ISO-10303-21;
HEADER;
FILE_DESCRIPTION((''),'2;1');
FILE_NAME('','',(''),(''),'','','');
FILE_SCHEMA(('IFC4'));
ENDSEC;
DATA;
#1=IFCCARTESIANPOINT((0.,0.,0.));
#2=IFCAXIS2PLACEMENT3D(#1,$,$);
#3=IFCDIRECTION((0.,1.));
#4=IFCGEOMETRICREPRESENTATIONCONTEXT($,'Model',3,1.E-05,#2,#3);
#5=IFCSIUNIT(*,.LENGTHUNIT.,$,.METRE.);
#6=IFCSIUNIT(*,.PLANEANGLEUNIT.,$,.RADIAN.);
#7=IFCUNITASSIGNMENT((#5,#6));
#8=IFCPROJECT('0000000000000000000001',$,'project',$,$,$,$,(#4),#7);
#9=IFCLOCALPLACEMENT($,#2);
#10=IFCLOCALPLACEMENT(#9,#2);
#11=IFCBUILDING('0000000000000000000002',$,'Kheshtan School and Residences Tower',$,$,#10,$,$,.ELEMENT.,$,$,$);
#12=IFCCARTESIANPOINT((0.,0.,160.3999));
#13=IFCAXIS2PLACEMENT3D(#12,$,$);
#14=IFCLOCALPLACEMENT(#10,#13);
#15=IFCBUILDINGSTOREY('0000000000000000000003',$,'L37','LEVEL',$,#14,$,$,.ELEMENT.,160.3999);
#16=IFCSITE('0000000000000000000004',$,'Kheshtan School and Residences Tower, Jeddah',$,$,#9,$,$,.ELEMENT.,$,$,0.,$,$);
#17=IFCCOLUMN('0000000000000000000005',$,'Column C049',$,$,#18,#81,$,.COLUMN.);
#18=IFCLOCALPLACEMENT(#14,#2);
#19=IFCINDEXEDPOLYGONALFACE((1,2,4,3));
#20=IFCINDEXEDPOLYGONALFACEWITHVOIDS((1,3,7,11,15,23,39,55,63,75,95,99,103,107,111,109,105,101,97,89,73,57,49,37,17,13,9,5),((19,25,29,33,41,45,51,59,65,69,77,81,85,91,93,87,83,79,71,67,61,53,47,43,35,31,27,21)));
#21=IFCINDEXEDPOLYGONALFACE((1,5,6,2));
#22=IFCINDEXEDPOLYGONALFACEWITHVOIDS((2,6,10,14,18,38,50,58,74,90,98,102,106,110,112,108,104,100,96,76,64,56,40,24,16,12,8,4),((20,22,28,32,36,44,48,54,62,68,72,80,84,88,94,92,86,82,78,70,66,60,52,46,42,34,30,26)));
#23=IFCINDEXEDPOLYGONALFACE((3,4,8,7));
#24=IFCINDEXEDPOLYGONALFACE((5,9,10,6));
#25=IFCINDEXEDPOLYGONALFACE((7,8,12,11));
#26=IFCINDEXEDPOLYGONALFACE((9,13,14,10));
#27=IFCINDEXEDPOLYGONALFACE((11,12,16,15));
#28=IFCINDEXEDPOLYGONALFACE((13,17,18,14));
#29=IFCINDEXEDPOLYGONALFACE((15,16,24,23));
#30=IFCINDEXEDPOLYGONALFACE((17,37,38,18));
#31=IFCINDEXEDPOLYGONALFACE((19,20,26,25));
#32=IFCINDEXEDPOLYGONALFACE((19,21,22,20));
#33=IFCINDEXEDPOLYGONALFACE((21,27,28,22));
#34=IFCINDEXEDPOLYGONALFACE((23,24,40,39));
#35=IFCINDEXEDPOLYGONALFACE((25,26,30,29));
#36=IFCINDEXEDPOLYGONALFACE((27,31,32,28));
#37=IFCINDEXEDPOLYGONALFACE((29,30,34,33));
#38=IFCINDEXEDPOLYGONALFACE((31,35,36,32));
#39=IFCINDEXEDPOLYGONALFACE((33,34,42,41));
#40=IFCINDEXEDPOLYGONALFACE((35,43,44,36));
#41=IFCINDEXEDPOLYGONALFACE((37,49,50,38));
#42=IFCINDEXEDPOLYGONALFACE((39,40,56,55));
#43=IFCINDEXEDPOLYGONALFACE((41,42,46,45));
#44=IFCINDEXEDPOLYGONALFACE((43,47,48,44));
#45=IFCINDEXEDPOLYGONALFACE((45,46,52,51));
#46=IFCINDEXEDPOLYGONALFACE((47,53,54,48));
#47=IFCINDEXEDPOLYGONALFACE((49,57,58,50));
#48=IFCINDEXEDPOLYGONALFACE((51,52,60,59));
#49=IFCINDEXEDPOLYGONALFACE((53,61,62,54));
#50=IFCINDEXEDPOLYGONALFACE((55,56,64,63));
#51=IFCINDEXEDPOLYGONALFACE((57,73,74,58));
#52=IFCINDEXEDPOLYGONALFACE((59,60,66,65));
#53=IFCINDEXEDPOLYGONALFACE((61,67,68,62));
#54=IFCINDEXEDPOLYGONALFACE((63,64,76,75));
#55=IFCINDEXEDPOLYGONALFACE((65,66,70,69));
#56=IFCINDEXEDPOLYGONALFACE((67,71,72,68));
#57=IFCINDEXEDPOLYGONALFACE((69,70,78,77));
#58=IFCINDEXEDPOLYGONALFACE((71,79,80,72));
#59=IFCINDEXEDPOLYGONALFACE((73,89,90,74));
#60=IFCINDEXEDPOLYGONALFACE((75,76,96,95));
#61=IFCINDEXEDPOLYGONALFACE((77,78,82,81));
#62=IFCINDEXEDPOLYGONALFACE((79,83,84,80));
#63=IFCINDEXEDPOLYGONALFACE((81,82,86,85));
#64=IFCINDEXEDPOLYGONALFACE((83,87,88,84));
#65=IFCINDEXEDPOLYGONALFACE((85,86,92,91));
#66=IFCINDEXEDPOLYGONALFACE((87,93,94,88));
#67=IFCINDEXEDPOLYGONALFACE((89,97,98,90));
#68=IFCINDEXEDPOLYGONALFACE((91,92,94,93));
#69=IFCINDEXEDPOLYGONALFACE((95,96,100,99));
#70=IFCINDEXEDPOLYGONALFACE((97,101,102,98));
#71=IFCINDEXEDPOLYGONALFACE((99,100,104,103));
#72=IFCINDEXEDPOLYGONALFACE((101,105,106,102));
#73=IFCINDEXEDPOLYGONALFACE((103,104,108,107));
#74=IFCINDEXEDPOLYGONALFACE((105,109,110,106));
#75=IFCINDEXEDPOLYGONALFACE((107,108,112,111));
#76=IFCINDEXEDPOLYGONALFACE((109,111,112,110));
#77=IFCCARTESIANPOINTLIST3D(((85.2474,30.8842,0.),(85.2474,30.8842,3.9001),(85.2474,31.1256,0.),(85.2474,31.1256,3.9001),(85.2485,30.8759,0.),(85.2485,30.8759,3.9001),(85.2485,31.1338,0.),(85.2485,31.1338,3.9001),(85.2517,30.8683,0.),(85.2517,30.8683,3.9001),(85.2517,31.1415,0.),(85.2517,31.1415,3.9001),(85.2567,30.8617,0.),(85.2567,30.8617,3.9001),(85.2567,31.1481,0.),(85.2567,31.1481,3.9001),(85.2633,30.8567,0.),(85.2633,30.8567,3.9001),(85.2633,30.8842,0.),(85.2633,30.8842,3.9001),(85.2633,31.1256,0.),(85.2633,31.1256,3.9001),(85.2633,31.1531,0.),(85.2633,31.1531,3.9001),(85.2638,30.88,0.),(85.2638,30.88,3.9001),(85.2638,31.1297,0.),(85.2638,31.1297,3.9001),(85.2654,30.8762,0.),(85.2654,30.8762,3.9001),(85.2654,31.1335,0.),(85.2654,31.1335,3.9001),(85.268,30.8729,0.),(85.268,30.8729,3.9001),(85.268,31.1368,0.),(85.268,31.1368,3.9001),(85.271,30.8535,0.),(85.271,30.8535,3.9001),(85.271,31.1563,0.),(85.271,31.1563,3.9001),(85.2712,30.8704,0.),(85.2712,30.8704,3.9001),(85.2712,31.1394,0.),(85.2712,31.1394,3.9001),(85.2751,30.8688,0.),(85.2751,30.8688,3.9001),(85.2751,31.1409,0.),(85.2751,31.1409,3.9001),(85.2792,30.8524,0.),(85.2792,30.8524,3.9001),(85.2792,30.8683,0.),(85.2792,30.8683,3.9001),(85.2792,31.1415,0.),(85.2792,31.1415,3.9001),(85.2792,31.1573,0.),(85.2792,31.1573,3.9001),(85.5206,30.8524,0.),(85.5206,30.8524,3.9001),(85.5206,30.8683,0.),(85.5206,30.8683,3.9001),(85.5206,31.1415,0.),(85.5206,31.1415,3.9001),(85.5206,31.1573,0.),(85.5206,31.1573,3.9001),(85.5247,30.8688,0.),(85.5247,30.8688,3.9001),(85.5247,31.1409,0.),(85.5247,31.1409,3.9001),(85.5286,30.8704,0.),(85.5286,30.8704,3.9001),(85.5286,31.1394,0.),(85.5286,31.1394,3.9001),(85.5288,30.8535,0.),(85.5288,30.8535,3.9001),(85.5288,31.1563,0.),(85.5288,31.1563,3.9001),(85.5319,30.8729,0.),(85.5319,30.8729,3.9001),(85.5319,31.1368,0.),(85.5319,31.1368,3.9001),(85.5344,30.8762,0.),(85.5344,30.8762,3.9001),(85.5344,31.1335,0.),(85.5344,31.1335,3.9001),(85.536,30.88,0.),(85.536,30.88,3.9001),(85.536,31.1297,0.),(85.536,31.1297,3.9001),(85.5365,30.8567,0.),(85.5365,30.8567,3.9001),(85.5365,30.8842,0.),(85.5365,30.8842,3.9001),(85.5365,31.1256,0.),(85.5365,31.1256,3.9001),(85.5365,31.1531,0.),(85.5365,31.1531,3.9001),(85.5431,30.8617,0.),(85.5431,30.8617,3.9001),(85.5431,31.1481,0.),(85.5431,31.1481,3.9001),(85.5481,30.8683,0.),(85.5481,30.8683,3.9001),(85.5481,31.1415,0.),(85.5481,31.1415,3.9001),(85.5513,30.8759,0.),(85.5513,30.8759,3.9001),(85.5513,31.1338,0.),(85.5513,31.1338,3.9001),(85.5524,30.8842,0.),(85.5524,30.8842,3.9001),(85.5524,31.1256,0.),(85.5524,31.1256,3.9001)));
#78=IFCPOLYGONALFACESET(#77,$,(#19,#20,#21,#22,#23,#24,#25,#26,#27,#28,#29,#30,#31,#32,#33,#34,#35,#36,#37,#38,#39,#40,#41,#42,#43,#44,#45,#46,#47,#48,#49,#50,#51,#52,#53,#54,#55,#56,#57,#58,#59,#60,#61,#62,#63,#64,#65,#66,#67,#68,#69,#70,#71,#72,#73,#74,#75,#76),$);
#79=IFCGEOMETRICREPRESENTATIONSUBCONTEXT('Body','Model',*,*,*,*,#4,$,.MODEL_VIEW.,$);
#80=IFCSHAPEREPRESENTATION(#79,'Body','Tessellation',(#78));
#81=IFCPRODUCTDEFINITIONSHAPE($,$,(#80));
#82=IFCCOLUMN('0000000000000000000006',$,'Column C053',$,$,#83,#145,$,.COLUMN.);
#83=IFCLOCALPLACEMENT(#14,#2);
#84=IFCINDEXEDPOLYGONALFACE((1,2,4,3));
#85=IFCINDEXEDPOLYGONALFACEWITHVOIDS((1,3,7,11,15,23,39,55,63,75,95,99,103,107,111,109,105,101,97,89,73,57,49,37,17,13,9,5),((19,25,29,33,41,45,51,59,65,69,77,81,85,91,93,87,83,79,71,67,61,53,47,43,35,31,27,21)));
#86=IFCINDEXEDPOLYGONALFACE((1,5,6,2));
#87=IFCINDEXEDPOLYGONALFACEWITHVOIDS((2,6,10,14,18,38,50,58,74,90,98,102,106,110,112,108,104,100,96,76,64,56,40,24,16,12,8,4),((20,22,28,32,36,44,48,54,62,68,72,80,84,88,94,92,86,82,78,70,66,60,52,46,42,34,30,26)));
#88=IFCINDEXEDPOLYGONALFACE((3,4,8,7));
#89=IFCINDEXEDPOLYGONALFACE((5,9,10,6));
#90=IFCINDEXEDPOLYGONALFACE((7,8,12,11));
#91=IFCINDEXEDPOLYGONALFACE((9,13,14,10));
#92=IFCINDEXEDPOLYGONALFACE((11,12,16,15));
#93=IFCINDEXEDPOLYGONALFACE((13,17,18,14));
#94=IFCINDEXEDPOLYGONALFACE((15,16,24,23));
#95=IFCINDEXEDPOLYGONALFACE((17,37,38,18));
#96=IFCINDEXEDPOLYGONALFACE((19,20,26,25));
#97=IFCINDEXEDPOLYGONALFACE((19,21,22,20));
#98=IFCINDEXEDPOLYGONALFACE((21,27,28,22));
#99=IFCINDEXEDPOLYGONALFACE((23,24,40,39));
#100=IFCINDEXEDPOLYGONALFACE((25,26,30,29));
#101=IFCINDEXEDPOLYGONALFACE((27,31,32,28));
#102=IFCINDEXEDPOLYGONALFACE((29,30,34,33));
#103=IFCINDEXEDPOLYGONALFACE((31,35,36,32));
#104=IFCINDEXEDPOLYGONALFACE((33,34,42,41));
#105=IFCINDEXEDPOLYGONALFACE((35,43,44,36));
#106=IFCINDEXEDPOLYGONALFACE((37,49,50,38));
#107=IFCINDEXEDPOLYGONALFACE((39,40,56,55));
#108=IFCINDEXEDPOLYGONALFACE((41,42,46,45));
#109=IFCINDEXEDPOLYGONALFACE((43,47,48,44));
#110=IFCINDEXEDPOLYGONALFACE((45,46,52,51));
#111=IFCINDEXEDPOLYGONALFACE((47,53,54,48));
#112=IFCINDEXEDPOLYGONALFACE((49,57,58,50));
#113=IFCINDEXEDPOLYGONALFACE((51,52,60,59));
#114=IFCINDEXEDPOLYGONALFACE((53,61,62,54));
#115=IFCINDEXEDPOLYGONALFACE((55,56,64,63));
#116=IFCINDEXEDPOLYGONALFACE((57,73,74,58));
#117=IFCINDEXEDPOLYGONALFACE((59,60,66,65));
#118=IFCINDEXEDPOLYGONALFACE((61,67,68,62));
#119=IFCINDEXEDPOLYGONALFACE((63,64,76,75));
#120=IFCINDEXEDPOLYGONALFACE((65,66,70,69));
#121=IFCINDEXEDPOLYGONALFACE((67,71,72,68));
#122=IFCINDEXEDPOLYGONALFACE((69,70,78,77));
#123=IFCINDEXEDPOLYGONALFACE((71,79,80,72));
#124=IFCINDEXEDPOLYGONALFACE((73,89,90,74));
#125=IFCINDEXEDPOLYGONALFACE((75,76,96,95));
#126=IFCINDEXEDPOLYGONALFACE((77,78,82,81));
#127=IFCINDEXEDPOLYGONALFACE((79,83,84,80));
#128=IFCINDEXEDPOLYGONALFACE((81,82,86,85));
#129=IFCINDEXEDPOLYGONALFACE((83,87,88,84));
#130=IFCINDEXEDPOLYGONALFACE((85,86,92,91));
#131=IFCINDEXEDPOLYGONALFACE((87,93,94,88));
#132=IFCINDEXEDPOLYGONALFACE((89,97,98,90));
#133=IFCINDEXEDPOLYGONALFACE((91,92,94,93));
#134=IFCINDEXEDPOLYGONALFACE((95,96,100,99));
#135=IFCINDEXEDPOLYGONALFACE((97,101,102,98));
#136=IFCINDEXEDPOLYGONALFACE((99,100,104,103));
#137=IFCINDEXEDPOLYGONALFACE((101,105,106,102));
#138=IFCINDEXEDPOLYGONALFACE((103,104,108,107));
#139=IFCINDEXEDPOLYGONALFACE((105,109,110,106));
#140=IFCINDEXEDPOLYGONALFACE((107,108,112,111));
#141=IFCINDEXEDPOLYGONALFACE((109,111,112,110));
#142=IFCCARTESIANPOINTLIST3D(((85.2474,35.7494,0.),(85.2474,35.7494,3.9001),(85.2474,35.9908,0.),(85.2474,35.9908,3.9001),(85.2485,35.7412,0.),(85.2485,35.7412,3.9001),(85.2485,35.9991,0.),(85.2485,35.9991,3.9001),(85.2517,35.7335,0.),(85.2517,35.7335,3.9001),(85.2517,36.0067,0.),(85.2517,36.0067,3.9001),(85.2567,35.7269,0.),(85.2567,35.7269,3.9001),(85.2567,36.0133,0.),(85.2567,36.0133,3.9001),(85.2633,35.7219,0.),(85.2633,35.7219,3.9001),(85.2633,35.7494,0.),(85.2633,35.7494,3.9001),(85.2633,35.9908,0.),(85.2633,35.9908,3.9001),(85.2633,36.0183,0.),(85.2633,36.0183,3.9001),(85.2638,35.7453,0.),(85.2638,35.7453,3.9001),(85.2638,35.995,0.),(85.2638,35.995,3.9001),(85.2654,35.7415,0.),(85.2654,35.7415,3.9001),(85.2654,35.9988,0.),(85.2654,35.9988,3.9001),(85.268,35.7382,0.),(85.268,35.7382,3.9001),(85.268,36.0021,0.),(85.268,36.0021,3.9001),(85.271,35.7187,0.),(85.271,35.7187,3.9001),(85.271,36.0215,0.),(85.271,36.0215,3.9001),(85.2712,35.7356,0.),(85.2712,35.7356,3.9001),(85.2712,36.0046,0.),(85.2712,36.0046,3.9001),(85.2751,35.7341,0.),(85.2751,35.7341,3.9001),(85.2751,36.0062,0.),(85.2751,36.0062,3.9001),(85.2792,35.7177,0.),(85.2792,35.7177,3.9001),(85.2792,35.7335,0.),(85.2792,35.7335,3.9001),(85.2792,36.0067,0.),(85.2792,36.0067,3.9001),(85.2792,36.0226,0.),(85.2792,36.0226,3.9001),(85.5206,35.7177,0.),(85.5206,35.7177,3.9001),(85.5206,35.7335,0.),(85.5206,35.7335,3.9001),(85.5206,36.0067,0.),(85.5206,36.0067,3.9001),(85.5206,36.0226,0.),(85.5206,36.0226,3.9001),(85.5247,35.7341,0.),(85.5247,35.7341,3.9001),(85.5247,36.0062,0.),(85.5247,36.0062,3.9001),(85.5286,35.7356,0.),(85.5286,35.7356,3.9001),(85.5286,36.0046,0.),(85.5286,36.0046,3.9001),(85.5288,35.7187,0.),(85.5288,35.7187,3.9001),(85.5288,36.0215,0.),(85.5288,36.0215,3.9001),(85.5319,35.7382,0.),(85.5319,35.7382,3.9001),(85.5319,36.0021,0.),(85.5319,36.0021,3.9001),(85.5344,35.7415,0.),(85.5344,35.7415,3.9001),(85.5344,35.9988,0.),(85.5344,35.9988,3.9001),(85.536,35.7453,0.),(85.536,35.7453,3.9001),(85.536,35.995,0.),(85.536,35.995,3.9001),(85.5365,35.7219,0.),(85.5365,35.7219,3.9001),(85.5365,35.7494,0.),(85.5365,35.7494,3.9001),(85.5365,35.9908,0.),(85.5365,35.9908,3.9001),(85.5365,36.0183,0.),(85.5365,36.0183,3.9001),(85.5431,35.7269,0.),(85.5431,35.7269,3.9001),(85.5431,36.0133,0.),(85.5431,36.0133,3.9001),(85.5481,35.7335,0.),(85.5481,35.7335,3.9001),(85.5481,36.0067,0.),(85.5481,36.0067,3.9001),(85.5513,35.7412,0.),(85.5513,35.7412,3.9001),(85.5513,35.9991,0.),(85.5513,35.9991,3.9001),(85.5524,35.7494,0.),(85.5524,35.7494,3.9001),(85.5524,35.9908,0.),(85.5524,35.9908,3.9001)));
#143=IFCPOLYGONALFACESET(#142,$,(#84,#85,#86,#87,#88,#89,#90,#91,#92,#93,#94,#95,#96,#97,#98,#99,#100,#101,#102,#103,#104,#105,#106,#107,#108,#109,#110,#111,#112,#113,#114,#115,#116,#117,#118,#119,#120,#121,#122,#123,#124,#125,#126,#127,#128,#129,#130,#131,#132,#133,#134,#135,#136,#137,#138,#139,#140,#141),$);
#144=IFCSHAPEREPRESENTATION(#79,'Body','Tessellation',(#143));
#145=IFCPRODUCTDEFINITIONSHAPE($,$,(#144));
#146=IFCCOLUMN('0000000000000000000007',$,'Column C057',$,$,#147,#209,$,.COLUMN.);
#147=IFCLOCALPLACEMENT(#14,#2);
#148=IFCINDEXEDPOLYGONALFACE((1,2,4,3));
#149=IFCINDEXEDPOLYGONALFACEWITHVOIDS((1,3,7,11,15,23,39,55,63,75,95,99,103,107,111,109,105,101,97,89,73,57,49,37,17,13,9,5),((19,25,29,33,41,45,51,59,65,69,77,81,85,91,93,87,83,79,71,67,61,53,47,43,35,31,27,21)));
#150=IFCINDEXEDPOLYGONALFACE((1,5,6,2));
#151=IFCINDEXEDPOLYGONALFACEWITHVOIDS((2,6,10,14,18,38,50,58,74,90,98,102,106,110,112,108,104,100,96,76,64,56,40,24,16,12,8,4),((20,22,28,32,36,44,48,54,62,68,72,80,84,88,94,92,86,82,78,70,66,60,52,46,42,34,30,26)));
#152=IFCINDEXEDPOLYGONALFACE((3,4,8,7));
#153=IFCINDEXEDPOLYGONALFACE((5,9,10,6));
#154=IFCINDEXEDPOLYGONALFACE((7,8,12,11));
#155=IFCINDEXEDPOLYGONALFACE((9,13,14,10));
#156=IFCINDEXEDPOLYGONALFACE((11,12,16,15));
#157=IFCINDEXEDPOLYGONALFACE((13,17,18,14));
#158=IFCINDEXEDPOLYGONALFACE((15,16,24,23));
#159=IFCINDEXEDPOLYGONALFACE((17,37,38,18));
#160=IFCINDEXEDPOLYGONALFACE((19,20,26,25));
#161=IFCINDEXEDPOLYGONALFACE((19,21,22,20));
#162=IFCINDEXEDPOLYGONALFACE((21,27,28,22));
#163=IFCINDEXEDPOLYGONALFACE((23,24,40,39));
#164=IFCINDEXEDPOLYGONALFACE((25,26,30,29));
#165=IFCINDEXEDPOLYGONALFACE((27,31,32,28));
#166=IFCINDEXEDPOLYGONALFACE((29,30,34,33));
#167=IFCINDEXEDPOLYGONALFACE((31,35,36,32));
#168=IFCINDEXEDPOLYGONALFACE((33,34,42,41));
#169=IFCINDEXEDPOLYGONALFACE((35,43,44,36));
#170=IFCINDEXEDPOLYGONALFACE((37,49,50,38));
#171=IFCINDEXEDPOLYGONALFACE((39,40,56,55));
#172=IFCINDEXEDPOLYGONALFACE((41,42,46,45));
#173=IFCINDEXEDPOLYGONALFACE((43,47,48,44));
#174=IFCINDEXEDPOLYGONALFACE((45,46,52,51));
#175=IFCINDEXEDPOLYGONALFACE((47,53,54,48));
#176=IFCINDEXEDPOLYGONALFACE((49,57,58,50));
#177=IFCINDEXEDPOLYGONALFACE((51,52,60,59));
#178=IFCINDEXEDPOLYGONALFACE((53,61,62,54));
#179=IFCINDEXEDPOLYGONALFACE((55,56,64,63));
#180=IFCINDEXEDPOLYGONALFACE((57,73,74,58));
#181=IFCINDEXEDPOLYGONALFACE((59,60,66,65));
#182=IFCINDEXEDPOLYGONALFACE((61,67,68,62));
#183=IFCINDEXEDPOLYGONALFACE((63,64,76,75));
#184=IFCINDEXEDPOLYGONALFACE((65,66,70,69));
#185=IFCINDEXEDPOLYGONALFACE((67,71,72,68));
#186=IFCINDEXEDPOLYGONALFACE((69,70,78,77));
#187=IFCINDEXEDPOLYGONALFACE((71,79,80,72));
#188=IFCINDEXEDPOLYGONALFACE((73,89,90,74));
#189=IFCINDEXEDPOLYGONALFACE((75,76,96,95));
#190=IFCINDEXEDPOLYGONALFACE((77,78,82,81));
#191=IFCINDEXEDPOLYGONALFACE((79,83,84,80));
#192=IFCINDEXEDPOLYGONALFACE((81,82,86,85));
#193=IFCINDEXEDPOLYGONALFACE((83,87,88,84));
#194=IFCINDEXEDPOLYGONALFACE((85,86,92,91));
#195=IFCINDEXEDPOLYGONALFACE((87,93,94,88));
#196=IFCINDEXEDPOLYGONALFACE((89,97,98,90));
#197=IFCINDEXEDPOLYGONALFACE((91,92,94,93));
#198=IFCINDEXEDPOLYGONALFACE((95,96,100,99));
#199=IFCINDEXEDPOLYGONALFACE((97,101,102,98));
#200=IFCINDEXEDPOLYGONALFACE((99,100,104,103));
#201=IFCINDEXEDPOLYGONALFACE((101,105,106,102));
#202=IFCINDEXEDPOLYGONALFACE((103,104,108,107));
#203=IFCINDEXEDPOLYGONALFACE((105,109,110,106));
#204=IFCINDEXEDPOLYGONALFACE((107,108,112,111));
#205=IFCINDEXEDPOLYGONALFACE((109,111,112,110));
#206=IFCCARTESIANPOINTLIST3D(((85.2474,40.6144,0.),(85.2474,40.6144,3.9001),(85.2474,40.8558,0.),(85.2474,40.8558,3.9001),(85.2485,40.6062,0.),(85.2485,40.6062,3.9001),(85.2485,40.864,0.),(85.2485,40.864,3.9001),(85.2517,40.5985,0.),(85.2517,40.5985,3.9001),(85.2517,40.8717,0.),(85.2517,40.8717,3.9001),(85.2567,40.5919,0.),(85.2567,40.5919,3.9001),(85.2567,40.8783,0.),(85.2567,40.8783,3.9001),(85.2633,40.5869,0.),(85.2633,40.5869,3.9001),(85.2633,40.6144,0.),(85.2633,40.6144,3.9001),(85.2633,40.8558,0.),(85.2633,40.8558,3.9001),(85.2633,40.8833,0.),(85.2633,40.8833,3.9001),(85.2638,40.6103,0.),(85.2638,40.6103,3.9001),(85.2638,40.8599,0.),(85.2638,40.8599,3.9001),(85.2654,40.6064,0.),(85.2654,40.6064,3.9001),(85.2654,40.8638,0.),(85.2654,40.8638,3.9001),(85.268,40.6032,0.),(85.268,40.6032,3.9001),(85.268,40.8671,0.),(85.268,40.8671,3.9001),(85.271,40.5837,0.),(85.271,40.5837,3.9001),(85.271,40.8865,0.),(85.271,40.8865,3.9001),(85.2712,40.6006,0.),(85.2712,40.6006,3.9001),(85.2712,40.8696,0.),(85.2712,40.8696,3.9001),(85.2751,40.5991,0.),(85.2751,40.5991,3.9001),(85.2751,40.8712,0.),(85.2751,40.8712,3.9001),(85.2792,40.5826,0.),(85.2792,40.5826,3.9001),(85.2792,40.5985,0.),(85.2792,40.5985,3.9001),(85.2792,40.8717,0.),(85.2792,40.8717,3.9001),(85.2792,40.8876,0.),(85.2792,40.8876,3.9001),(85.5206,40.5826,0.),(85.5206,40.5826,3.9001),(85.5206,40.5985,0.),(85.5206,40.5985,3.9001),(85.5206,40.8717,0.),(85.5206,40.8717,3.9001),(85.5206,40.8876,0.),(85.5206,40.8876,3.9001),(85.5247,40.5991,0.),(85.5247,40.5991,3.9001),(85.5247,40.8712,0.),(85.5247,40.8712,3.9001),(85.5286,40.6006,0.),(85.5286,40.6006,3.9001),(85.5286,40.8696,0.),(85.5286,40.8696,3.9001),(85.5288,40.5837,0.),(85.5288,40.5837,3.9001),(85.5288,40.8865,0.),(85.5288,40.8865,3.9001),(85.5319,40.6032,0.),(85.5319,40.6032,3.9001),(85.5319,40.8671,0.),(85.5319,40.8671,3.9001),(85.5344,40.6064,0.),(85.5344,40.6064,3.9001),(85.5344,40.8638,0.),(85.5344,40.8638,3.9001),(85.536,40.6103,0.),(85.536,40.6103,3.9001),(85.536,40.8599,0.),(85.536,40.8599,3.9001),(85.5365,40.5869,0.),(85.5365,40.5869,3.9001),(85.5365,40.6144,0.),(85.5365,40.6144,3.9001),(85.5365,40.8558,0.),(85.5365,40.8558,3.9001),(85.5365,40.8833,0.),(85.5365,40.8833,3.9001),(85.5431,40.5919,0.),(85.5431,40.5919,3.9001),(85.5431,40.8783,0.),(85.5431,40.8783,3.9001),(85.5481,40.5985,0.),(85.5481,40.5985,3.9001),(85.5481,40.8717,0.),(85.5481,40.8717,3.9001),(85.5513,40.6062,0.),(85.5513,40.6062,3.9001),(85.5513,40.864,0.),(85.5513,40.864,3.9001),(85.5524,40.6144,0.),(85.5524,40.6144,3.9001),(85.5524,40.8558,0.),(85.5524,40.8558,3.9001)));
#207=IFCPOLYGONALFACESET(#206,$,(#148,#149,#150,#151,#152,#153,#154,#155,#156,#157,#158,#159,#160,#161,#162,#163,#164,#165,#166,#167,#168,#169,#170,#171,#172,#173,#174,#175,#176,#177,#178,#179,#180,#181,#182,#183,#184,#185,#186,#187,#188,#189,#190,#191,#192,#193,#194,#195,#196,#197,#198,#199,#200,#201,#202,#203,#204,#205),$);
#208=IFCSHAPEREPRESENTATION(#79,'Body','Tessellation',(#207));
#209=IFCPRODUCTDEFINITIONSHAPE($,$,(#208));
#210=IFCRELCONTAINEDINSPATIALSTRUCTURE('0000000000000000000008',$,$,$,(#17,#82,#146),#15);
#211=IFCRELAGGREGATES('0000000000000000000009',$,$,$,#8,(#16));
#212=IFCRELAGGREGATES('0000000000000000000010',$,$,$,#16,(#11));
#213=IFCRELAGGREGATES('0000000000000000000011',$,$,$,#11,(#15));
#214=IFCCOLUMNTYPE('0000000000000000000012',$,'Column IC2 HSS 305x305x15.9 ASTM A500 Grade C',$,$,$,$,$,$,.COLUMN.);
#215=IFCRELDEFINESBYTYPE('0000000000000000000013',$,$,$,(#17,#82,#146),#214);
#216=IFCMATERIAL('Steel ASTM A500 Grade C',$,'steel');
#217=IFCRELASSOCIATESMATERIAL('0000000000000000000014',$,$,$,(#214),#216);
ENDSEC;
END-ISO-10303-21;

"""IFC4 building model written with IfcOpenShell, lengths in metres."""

from ifc_helpers import new_model, si_unit, direction, frame, origin, origin_2d, place, context, subcontext, project, spatial, hollow_rectangle, extrude, material, material_profile, profile_set, type_object, element, save


model = new_model("IFC4")

# Units and contexts
model_context = context("Model", 3, precision=1e-05, world=origin(), true_north=direction((0.0, 1.0)))
body_context = subcontext(model_context, "Body", "Model", "MODEL_VIEW")
ifc_project = project(units=[si_unit("LENGTHUNIT", "METRE"), si_unit("PLANEANGLEUNIT", "RADIAN")], contexts=[model_context])

# Site, building, storey
site_placement = place(None, origin())
site = spatial("IfcSite", under=ifc_project, at=site_placement, Name="Kheshtan School and Residences Tower, Jeddah", CompositionType="ELEMENT", RefElevation=0.0)
building_placement = place(site_placement, origin())
building = spatial("IfcBuilding", under=site, at=building_placement, Name="Kheshtan School and Residences Tower", CompositionType="ELEMENT")
storey_placement = place(building_placement, frame((0.0, 0.0, 160.3999)))
storey = spatial("IfcBuildingStorey", under=building, at=storey_placement, Name="L37", Description="LEVEL", CompositionType="ELEMENT", Elevation=160.3999)

# Columns
ifc_material_1 = material(Name="Steel ASTM A500 Grade C", Category="steel")
ifc_material_profile_1 = material_profile(ifc_material_1, hollow_rectangle(XDim=0.3049, YDim=0.3049, WallThickness=0.0159, InnerFilletRadius=0.0159, OuterFilletRadius=0.0317, at=origin_2d()), Name="HSS 305x305x15.9")
ifc_profile_set_1 = profile_set([ifc_material_profile_1], Name="Steel ASTM A500 Grade C")
column_type = type_object("IfcColumnType", Name="Column IC2 HSS 305x305x15.9 ASTM A500 Grade C", PredefinedType="COLUMN", material=ifc_profile_set_1)
for number, where, z_axis, x_axis, name in (
    (1, (85.3999, 31.0049, 0.0), (0.0, 0.0, 1.0), (1.0, 0.0, 0.0), "Column C049"),
    (2, (85.3999, 35.8701, 0.0), (0.0, 0.0, 1.0), (1.0, 0.0, 0.0), "Column C053"),
    (3, (85.3999, 40.7351, 0.0), (0.0, 0.0, 1.0), (1.0, 0.0, 0.0), "Column C057"),
):
    element("IfcColumn", number, at=place(storey_placement, frame(where, z_axis=z_axis, x_axis=x_axis)), inside=storey, type_object=column_type, Name=name, PredefinedType="COLUMN", context=body_context, shape_type="SweptSolid", body=[
        extrude(hollow_rectangle(XDim=0.3049, YDim=0.3049, WallThickness=0.0159, InnerFilletRadius=0.0159, OuterFilletRadius=0.0317, at=origin_2d()), origin(), (0.0, 0.0, 1.0), 3.9001),
    ])

save(model, "model.ifc")
